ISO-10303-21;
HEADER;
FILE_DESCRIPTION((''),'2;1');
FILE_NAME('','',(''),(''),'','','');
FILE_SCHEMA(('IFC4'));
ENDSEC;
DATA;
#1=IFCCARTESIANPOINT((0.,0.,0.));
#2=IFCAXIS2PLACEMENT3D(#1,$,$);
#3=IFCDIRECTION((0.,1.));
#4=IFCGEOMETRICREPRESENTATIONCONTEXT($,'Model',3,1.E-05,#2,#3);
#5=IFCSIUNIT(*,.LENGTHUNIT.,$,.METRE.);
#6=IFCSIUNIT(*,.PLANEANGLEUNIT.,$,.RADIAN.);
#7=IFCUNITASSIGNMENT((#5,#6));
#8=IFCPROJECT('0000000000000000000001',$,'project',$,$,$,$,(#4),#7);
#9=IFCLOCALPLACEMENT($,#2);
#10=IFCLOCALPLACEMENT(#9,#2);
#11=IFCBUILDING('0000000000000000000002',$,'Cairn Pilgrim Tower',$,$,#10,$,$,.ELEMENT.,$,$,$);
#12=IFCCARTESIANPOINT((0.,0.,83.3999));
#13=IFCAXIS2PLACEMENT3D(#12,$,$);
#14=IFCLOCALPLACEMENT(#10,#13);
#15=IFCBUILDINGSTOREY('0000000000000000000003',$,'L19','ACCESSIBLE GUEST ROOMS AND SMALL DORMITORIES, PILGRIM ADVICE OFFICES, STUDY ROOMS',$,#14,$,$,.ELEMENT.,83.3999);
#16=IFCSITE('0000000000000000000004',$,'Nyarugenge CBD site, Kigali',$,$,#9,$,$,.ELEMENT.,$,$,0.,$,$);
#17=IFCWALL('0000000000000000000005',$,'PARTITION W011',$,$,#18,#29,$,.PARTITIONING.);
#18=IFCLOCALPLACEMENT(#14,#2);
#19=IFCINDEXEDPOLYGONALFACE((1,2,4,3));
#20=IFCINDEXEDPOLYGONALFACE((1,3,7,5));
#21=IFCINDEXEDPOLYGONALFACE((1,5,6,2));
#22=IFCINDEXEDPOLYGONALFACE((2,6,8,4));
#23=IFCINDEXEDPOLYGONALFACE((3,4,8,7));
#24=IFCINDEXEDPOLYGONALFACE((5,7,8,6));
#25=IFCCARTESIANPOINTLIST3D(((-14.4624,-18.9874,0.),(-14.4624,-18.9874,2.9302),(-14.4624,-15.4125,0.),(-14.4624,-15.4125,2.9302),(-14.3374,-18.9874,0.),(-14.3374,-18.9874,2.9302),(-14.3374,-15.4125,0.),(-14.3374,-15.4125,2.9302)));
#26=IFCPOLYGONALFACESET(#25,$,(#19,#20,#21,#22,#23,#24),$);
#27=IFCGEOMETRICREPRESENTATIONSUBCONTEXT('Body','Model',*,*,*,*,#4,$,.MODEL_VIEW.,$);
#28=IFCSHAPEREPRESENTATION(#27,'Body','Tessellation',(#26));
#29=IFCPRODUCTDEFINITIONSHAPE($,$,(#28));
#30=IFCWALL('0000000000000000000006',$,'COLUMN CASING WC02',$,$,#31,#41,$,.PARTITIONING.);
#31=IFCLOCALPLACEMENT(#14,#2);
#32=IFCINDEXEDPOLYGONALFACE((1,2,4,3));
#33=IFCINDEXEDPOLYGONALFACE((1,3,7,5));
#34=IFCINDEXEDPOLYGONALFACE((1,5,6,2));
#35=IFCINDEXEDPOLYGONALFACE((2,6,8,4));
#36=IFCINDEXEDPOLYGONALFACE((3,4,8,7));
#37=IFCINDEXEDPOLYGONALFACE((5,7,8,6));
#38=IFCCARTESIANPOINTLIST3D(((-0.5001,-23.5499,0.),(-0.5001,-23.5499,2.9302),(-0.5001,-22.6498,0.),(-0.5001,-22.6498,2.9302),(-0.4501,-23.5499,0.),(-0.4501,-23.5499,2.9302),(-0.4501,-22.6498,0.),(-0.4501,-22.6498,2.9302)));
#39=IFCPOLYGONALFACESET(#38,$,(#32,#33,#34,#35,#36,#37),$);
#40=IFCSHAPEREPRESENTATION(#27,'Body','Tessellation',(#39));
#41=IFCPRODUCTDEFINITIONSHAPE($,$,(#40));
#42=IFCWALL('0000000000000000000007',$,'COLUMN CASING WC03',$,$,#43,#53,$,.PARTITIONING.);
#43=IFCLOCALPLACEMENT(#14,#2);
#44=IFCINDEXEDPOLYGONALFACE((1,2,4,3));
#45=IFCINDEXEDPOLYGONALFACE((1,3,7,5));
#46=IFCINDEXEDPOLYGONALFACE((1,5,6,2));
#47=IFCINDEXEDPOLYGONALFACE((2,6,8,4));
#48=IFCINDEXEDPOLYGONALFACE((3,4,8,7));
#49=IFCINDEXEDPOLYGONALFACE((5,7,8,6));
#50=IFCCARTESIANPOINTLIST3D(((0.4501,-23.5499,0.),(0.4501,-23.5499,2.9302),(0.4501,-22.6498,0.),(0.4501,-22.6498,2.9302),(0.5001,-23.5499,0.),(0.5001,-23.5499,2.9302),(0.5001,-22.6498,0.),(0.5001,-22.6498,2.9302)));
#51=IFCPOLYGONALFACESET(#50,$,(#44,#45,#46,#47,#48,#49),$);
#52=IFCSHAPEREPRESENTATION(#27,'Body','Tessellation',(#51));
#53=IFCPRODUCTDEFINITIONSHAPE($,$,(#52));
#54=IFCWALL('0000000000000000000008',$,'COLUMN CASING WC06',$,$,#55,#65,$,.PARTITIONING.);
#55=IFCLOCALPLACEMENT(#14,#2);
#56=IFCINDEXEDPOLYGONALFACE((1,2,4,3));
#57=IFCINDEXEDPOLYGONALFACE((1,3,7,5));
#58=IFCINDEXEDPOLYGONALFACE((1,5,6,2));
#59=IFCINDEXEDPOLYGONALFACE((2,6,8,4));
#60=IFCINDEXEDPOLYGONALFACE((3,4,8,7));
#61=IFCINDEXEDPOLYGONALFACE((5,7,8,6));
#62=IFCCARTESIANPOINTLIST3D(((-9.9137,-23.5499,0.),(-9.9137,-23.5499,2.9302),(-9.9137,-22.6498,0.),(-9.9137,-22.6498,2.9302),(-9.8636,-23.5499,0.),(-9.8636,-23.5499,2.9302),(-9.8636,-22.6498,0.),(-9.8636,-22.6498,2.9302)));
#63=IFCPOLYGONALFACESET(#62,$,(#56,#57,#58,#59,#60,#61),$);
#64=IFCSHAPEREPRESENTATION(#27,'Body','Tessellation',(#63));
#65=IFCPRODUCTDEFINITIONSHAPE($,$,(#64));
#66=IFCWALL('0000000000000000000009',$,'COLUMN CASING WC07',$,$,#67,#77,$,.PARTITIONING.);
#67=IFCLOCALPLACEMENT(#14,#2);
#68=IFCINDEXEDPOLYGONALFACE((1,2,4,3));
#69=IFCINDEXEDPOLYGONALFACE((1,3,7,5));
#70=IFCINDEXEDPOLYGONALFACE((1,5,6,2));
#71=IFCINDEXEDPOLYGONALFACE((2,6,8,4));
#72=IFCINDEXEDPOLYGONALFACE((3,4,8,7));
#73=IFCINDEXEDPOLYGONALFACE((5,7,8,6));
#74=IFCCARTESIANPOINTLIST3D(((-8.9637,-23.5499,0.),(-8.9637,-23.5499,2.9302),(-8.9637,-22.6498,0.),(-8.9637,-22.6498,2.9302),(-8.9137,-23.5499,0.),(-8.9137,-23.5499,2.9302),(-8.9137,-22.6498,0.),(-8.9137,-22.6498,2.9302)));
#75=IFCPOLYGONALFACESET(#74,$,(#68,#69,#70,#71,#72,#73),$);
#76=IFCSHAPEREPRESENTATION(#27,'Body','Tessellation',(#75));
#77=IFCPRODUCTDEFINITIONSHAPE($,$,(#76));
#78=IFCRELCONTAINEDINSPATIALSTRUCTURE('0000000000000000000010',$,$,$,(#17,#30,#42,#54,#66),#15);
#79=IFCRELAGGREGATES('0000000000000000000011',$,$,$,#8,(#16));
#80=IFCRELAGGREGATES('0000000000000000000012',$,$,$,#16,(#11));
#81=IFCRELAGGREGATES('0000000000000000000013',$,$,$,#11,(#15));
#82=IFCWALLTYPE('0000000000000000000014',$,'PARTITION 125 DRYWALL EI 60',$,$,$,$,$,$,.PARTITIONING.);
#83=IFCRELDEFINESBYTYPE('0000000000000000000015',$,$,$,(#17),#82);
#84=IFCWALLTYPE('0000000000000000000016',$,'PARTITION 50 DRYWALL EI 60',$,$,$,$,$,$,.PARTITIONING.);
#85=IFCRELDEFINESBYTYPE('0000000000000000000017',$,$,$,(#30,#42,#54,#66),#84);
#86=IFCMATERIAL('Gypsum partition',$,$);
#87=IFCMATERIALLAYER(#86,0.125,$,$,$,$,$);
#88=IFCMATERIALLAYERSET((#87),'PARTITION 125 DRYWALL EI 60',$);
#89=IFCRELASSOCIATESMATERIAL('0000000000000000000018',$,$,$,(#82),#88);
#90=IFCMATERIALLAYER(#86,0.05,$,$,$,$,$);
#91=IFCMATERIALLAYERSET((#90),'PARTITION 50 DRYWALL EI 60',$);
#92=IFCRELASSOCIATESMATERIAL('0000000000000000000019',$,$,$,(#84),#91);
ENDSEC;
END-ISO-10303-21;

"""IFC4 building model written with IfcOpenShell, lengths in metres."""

from ifc_helpers import new_model, si_unit, direction, frame, frame_2d, origin, place, context, subcontext, project, spatial, rectangle, extrude, material, layer, layer_set, type_object, element, save


model = new_model("IFC4")

# Units and contexts
model_context = context("Model", 3, precision=1e-05, world=origin(), true_north=direction((0.0, 1.0)))
body_context = subcontext(model_context, "Body", "Model", "MODEL_VIEW")
ifc_project = project(units=[si_unit("LENGTHUNIT", "METRE"), si_unit("PLANEANGLEUNIT", "RADIAN")], contexts=[model_context])

# Site, building, storey
site_placement = place(None, origin())
site = spatial("IfcSite", under=ifc_project, at=site_placement, Name="Nyarugenge CBD site, Kigali", CompositionType="ELEMENT", RefElevation=0.0)
building_placement = place(site_placement, origin())
building = spatial("IfcBuilding", under=site, at=building_placement, Name="Cairn Pilgrim Tower", CompositionType="ELEMENT")
storey_placement = place(building_placement, frame((0.0, 0.0, 83.3999)))
storey = spatial("IfcBuildingStorey", under=building, at=storey_placement, Name="L19", Description="ACCESSIBLE GUEST ROOMS AND SMALL DORMITORIES, PILGRIM ADVICE OFFICES, STUDY ROOMS", CompositionType="ELEMENT", Elevation=83.3999)

# Walls
ifc_material_1 = material(Name="Gypsum partition")
ifc_layer_1 = layer(ifc_material_1, 0.125)
ifc_layer_set_1 = layer_set([ifc_layer_1], Name="PARTITION 125 DRYWALL EI 60")
wall_type_1 = type_object("IfcWallType", Name="PARTITION 125 DRYWALL EI 60", PredefinedType="PARTITIONING", material=ifc_layer_set_1)
wall_1_placement = place(storey_placement, frame((-14.3999, -18.9875, 0.0), z_axis=(0.0, 0.0, 1.0), x_axis=(0.0, 1.0, 0.0)))
element("IfcWall", 1, at=wall_1_placement, inside=storey, type_object=wall_type_1, Name="PARTITION W011", PredefinedType="PARTITIONING", context=body_context, shape_type="SweptSolid", body=[
    extrude(rectangle(XDim=3.575, YDim=0.125, at=frame_2d((1.7876, 0.0))), origin(), (0.0, 0.0, 1.0), 2.9302),
])
ifc_layer_2 = layer(ifc_material_1, 0.05)
ifc_layer_set_2 = layer_set([ifc_layer_2], Name="PARTITION 50 DRYWALL EI 60")
wall_type_2 = type_object("IfcWallType", Name="PARTITION 50 DRYWALL EI 60", PredefinedType="PARTITIONING", material=ifc_layer_set_2)
for number, where, z_axis, x_axis, name in (
    (2, (-0.4751, -23.55, 0.0), (0.0, 0.0, 1.0), (0.0, 1.0, 0.0), "COLUMN CASING WC02"),
    (3, (0.4751, -23.55, 0.0), (0.0, 0.0, 1.0), (0.0, 1.0, 0.0), "COLUMN CASING WC03"),
    (4, (-9.8887, -23.55, 0.0), (0.0, 0.0, 1.0), (0.0, 1.0, 0.0), "COLUMN CASING WC06"),
    (5, (-8.9387, -23.55, 0.0), (0.0, 0.0, 1.0), (0.0, 1.0, 0.0), "COLUMN CASING WC07"),
):
    element("IfcWall", number, at=place(storey_placement, frame(where, z_axis=z_axis, x_axis=x_axis)), inside=storey, type_object=wall_type_2, Name=name, PredefinedType="PARTITIONING", context=body_context, shape_type="SweptSolid", body=[
        extrude(rectangle(XDim=0.9001, YDim=0.05, at=frame_2d((0.4502, 0.0))), origin(), (0.0, 0.0, 1.0), 2.9302),
    ])

save(model, "model.ifc")
